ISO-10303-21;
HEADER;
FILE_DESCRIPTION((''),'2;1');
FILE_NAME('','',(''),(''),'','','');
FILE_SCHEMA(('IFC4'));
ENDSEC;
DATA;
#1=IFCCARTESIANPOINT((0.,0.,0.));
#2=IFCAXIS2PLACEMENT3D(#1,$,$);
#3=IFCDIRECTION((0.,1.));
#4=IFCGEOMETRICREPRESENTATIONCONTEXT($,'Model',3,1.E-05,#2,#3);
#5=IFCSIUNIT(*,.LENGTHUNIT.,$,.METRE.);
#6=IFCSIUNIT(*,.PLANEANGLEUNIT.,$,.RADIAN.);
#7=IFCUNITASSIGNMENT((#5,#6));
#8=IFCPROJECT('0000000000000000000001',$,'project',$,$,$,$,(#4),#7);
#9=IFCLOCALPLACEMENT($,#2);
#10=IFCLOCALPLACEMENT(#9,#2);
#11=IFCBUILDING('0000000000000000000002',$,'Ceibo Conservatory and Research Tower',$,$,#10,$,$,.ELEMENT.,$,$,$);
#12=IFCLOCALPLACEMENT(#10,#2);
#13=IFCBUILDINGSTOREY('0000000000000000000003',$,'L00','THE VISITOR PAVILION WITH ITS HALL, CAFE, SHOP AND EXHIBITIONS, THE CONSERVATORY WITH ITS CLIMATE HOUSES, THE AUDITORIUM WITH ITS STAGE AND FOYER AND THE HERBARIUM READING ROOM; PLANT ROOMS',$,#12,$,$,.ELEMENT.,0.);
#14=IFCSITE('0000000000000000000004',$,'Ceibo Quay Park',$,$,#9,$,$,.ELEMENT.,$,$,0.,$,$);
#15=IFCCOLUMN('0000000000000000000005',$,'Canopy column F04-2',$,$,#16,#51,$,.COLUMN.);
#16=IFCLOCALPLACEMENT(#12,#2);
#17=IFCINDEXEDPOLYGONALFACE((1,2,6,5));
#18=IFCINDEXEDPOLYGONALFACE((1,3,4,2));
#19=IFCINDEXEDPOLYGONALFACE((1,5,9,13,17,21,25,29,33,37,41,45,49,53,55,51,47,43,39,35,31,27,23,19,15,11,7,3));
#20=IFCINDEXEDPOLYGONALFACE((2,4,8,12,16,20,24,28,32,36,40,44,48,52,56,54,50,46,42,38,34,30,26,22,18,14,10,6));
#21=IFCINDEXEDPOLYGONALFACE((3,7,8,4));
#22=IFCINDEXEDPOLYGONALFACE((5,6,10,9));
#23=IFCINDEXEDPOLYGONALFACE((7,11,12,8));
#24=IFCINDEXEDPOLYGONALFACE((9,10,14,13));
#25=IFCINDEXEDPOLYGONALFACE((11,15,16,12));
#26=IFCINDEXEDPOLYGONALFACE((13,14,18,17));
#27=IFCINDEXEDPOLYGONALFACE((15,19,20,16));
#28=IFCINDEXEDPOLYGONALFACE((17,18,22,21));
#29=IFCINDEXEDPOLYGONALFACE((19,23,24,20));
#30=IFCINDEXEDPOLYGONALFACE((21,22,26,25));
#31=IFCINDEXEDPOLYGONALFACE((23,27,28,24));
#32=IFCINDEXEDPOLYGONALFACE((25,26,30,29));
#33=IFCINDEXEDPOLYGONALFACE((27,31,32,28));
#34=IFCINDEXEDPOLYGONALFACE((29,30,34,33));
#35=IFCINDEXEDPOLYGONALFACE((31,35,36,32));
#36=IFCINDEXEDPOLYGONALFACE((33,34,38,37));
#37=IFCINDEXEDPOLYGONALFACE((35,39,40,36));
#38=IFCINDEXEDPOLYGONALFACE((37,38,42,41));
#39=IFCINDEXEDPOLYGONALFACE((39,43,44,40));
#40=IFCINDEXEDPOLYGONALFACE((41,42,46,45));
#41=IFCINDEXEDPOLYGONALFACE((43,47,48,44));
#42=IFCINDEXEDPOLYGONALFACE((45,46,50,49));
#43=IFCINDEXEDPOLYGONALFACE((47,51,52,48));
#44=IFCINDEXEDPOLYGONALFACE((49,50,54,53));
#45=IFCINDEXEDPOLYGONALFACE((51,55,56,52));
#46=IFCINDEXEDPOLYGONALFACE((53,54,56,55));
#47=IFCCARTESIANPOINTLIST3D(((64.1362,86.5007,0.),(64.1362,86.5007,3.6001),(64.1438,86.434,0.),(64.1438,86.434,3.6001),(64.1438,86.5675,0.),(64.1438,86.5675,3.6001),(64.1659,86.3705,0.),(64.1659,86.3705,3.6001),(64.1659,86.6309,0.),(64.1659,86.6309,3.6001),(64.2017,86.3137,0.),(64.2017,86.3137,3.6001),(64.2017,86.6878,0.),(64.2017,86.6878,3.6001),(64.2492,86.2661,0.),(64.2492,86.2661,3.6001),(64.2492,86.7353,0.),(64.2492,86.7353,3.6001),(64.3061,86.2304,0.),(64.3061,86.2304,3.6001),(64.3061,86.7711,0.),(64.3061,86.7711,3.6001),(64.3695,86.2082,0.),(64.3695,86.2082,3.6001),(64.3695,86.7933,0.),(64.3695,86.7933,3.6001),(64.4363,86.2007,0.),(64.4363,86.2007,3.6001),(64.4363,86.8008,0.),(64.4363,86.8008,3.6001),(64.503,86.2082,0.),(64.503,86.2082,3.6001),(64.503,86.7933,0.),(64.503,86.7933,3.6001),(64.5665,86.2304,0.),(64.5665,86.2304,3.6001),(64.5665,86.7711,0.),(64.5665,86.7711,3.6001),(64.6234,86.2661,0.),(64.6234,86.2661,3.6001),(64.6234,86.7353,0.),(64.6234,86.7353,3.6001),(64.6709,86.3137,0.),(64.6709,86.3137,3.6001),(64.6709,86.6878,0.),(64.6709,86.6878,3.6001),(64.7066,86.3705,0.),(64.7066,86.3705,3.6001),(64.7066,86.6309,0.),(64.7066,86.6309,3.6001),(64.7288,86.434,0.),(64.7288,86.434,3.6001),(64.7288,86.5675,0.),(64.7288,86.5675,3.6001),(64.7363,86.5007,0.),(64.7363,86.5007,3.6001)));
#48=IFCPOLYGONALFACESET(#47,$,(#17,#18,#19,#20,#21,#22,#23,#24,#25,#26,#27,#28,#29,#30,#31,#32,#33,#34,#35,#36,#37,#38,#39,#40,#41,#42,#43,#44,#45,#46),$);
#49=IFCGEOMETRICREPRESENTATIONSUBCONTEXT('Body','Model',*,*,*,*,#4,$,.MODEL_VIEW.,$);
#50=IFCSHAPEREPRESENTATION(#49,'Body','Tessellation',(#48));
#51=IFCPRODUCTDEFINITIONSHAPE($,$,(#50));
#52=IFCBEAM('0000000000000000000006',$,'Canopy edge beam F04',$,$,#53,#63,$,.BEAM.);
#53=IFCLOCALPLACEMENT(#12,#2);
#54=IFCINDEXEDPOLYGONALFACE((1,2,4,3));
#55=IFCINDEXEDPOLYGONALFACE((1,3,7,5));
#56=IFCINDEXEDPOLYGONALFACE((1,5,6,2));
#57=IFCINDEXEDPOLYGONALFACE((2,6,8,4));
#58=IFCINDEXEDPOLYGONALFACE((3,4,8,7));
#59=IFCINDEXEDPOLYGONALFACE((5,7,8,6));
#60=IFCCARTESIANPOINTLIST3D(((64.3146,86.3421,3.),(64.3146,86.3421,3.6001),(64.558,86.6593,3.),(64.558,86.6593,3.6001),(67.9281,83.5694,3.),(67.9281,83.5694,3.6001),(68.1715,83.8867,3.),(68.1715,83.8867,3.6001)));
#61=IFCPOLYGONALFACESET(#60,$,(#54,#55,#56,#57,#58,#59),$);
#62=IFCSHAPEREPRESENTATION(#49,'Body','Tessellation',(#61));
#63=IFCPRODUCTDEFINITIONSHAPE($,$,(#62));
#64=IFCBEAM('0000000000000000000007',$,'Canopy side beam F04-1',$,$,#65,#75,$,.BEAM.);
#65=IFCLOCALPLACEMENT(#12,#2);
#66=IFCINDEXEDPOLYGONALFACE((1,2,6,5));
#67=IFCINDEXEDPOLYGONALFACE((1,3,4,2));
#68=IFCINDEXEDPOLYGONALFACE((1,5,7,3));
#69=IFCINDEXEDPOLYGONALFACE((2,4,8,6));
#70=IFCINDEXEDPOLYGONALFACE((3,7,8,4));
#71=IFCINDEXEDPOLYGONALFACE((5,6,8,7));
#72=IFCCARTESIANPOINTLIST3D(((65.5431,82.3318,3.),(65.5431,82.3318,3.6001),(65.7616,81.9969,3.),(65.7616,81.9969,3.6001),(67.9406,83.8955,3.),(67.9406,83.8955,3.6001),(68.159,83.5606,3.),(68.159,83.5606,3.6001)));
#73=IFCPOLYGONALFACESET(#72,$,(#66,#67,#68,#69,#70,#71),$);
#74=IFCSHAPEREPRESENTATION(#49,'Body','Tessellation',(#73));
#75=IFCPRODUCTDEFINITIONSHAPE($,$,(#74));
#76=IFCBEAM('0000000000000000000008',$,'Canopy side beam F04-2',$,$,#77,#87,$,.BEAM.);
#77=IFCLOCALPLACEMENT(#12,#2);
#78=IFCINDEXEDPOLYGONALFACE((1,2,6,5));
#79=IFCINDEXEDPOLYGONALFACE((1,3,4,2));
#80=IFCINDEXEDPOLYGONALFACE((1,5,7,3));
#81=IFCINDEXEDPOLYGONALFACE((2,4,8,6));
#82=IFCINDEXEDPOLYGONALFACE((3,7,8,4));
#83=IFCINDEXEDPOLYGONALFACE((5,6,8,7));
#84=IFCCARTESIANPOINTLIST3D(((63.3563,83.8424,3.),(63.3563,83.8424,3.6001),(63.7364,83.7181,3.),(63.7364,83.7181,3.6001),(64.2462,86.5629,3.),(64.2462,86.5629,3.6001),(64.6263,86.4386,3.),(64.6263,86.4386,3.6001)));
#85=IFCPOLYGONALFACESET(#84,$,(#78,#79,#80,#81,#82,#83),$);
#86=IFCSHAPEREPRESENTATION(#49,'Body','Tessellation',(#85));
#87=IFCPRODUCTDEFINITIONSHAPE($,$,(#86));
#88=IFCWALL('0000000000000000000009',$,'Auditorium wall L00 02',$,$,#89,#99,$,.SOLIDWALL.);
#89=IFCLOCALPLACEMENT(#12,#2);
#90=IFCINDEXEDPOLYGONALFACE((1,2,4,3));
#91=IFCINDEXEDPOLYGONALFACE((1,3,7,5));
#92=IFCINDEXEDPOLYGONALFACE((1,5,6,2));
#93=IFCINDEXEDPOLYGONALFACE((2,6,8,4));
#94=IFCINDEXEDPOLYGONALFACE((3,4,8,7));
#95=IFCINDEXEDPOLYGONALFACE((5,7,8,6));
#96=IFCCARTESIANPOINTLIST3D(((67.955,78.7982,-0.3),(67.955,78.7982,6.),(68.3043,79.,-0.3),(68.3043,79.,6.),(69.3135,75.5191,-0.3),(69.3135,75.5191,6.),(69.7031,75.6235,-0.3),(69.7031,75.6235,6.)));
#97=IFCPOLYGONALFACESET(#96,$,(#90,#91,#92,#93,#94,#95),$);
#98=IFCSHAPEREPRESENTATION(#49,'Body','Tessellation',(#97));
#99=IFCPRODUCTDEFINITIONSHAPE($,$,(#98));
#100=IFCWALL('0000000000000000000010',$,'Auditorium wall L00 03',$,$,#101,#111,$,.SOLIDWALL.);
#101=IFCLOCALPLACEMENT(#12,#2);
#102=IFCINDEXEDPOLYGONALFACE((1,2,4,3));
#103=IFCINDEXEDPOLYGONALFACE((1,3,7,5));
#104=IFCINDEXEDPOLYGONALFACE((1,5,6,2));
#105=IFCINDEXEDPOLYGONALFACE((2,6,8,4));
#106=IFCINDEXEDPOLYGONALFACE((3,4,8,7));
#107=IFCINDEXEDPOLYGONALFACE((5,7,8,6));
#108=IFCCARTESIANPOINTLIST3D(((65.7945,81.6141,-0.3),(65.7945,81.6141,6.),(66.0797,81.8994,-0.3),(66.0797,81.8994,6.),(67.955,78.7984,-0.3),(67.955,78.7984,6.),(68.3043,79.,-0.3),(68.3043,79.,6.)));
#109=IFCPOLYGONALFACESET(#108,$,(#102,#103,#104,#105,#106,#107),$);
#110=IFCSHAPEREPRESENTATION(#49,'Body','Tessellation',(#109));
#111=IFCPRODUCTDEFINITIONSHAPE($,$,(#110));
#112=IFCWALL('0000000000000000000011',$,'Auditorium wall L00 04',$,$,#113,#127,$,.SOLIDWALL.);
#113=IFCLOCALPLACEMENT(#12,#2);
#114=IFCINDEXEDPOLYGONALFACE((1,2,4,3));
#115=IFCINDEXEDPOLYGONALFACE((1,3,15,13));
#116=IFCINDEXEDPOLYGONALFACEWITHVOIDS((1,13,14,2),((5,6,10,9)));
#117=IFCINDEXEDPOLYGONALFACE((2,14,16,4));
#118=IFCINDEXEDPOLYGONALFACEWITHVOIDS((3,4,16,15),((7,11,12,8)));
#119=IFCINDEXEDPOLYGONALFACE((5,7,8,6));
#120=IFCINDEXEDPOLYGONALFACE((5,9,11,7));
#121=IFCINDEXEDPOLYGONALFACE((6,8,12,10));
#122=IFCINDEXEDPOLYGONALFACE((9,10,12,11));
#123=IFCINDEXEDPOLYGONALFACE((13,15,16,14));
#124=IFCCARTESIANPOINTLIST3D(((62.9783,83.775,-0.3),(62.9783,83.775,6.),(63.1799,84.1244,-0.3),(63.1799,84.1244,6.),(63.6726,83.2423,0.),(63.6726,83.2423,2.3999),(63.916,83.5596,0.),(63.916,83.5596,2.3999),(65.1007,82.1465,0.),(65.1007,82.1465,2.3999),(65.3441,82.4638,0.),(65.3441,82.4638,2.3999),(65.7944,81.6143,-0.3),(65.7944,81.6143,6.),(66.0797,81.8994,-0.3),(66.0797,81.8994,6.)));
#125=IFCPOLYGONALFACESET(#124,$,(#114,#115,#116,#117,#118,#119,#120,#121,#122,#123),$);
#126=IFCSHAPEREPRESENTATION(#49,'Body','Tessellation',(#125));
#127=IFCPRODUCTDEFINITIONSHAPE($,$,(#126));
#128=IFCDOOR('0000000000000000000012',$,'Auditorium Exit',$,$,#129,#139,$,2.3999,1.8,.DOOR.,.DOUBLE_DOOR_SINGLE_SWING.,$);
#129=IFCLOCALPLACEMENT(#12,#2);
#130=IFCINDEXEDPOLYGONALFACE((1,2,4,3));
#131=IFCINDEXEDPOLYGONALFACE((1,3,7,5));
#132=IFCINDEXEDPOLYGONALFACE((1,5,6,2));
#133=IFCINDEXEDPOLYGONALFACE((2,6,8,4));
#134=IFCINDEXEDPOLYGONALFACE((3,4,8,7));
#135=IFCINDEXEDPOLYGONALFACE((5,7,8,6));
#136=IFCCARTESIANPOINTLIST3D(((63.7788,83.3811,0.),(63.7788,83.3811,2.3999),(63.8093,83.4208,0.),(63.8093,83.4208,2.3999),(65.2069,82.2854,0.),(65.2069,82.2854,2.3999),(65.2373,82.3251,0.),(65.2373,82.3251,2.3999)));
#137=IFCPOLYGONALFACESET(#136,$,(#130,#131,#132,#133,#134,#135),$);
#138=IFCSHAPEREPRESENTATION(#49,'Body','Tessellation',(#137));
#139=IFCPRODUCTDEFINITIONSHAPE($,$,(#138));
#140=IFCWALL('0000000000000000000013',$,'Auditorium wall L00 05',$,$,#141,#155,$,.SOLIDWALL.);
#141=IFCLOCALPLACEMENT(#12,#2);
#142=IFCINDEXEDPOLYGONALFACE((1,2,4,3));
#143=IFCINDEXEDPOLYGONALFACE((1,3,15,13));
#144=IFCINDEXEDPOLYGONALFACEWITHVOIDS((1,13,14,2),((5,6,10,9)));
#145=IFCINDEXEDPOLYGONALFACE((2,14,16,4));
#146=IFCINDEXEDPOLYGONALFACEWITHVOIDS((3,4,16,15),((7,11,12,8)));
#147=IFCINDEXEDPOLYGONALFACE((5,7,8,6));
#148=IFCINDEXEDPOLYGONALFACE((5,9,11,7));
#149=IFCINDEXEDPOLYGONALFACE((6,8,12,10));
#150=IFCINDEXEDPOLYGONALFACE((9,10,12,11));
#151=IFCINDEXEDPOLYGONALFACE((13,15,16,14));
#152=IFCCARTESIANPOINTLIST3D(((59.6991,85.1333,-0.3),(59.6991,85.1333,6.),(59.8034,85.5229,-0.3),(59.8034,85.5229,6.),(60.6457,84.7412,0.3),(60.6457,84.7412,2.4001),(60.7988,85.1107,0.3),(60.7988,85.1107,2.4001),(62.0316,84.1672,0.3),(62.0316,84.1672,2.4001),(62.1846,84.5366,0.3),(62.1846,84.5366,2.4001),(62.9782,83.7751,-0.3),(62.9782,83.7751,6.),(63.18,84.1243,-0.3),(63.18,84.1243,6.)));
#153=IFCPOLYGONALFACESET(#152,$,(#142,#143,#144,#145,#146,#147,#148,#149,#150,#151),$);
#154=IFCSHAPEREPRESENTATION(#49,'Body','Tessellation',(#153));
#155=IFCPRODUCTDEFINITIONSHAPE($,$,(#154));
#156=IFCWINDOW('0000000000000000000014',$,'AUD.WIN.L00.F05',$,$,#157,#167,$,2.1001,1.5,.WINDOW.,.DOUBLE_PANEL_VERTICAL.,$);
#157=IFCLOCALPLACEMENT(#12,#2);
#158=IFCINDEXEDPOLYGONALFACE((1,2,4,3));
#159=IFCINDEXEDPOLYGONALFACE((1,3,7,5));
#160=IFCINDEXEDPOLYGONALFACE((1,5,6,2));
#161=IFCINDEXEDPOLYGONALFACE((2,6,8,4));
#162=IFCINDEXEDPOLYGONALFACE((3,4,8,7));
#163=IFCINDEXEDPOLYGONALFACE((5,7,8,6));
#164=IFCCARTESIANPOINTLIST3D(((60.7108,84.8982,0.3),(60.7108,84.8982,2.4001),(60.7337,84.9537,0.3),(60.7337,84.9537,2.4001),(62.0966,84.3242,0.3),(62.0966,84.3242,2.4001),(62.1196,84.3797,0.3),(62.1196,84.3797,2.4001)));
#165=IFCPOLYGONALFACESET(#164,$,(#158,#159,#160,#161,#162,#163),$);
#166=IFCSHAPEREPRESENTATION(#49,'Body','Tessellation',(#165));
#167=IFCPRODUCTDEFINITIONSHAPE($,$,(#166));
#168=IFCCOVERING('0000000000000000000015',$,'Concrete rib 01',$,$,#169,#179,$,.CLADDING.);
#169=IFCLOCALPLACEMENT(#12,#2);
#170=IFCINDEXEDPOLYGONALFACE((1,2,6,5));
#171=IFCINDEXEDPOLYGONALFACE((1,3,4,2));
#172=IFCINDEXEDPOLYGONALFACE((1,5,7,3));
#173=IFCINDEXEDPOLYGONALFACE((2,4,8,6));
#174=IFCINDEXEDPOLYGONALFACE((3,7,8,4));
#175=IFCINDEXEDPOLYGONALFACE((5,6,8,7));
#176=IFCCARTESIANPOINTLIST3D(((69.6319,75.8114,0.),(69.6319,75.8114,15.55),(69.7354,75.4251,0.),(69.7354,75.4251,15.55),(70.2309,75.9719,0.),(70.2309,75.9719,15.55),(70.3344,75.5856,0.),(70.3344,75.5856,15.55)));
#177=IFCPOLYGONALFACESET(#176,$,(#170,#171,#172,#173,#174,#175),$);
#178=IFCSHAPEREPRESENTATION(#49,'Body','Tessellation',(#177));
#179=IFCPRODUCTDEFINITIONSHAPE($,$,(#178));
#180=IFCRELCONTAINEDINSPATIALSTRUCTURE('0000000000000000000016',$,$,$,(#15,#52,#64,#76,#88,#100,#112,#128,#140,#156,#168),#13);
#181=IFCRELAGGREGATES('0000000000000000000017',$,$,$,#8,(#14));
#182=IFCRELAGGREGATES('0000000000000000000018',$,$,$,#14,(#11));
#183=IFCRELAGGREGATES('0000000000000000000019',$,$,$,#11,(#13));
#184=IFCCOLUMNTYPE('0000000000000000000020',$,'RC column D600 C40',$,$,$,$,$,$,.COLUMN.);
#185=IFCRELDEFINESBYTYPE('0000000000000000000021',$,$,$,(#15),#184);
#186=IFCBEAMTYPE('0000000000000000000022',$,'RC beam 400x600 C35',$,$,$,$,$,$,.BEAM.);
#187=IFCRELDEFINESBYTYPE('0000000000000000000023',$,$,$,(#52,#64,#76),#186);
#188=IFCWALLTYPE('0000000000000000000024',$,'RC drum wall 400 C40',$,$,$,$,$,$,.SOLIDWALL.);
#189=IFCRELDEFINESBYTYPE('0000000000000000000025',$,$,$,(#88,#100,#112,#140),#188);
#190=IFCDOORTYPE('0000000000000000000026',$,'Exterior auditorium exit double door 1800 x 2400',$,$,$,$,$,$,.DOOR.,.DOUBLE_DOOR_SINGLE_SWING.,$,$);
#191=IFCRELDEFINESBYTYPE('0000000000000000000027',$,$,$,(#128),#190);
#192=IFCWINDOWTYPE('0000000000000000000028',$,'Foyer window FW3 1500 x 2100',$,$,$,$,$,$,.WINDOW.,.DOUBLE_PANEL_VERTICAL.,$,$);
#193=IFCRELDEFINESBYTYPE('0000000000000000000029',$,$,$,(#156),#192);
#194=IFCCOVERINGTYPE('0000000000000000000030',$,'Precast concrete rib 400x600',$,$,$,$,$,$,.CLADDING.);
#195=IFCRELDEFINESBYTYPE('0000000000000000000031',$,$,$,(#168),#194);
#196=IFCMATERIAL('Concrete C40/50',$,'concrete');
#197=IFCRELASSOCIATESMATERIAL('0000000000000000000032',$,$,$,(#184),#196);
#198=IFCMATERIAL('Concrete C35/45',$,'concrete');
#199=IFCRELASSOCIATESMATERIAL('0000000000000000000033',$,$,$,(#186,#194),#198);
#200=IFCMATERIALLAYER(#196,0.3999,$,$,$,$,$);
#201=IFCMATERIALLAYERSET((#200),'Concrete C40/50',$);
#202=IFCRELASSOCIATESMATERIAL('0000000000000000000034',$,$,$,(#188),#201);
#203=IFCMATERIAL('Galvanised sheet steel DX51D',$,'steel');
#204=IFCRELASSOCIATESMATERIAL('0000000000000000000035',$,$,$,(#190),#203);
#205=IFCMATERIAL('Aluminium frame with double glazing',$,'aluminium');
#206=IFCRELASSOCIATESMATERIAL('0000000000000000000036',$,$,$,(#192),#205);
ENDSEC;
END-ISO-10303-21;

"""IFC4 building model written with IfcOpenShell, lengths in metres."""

from ifc_helpers import new_model, si_unit, direction, frame, frame_2d, origin, origin_2d, place, context, subcontext, project, spatial, polyline, rectangle, circle, outline, extrude, material, layer, layer_set, material_profile, profile_set, type_object, element, fill, save


model = new_model("IFC4")

# Units and contexts
model_context = context("Model", 3, precision=1e-05, world=origin(), true_north=direction((0.0, 1.0)))
body_context = subcontext(model_context, "Body", "Model", "MODEL_VIEW")
ifc_project = project(units=[si_unit("LENGTHUNIT", "METRE"), si_unit("PLANEANGLEUNIT", "RADIAN")], contexts=[model_context])

# Site, building, storey
site_placement = place(None, origin())
site = spatial("IfcSite", under=ifc_project, at=site_placement, Name="Ceibo Quay Park", CompositionType="ELEMENT", RefElevation=0.0)
building_placement = place(site_placement, origin())
building = spatial("IfcBuilding", under=site, at=building_placement, Name="Ceibo Conservatory and Research Tower", CompositionType="ELEMENT")
storey_placement = place(building_placement, origin())
storey = spatial("IfcBuildingStorey", under=building, at=storey_placement, Name="L00", Description="THE VISITOR PAVILION WITH ITS HALL, CAFE, SHOP AND EXHIBITIONS, THE CONSERVATORY WITH ITS CLIMATE HOUSES, THE AUDITORIUM WITH ITS STAGE AND FOYER AND THE HERBARIUM READING ROOM; PLANT ROOMS", CompositionType="ELEMENT", Elevation=0.0)

# Shared definitions
ifc_material_1 = material(Name="Concrete C35/45", Category="concrete")

# Shared definitions
ifc_material_2 = material(Name="Concrete C40/50", Category="concrete")

# Column
ifc_material_profile_1 = material_profile(ifc_material_2, circle(Radius=0.3, at=origin_2d()), Name="RC D600")
ifc_profile_set_1 = profile_set([ifc_material_profile_1], Name="Concrete C40/50")
column_type = type_object("IfcColumnType", Name="RC column D600 C40", PredefinedType="COLUMN", material=ifc_profile_set_1)
for number, where, z_axis, x_axis, name in (
    (1, (64.4363, 86.5007, 0.0), (0.0, 0.0, 1.0), (1.0, 0.0, 0.0), "Canopy column F04-2"),
):
    element("IfcColumn", number, at=place(storey_placement, frame(where, z_axis=z_axis, x_axis=x_axis)), inside=storey, type_object=column_type, Name=name, PredefinedType="COLUMN", context=body_context, shape_type="SweptSolid", body=[
        extrude(circle(Radius=0.3, at=origin_2d()), origin(), (0.0, 0.0, 1.0), 3.6001),
    ])

# Beams
ifc_material_profile_2 = material_profile(ifc_material_1, rectangle(XDim=0.3999, YDim=0.6001, at=origin_2d()), Name="RC 400x600")
ifc_profile_set_2 = profile_set([ifc_material_profile_2], Name="Concrete C35/45")
beam_type = type_object("IfcBeamType", Name="RC beam 400x600 C35", PredefinedType="BEAM", material=ifc_profile_set_2)
beam_placement = place(storey_placement, frame((68.0498, 83.728, 3.3), z_axis=(-0.793359, 0.608754, 0.0), x_axis=(-0.608754, -0.793359, 0.0)))
element("IfcBeam", 2, at=beam_placement, inside=storey, type_object=beam_type, Name="Canopy edge beam F04", PredefinedType="BEAM", context=body_context, shape_type="SweptSolid", body=[
    extrude(rectangle(XDim=0.3999, YDim=0.6001, at=origin_2d()), origin(), (0.0, 0.0, 1.0), 4.5547),
])
for number, where, z_axis, x_axis, name in (
    (3, (68.0498, 83.728, 3.3), (-0.837585, -0.546307, 0.0), (0.546307, -0.837585, 0.0), "Canopy side beam F04-1"),
    (4, (64.4363, 86.5007, 3.3), (-0.3109, -0.950443, 0.0), (0.950443, -0.3109, 0.0), "Canopy side beam F04-2"),
):
    element("IfcBeam", number, at=place(storey_placement, frame(where, z_axis=z_axis, x_axis=x_axis)), inside=storey, type_object=beam_type, Name=name, PredefinedType="BEAM", context=body_context, shape_type="SweptSolid", body=[
        extrude(rectangle(XDim=0.3999, YDim=0.6001, at=origin_2d()), origin(), (0.0, 0.0, 1.0), 2.8623),
    ])

# Walls
ifc_layer_1 = layer(ifc_material_2, 0.3999)
ifc_layer_set_1 = layer_set([ifc_layer_1], Name="Concrete C40/50")
wall_type = type_object("IfcWallType", Name="RC drum wall 400 C40", PredefinedType="SOLIDWALL", material=ifc_layer_set_1)
wall_1_placement = place(storey_placement, frame((69.5083, 75.5713, -0.3), z_axis=(0.0, 0.0, 1.0), x_axis=(-0.382733, 0.923859, 0.0)))
element("IfcWall", 5, at=wall_1_placement, inside=storey, type_object=wall_type, Name="Auditorium wall L00 02", PredefinedType="SOLIDWALL", context=body_context, shape_type="SweptSolid", body=[
    extrude(outline(polyline([(-0.0264, -0.2), (3.6284, -0.2), (3.5757, 0.2), (0.0264, 0.2), (-0.0264, -0.2)])), origin(), (0.0, 0.0, 1.0), 6.3),
])
wall_2_placement = place(storey_placement, frame((68.1296, 78.8992, -0.3), z_axis=(0.0, 0.0, 1.0), x_axis=(-0.608737, 0.793372, 0.0)))
element("IfcWall", 6, at=wall_2_placement, inside=storey, type_object=wall_type, Name="Auditorium wall L00 03", PredefinedType="SOLIDWALL", context=body_context, shape_type="SweptSolid", body=[
    extrude(outline(polyline([(-0.0264, -0.2), (3.6282, -0.2), (3.5754, 0.2), (0.0264, 0.2), (-0.0264, -0.2)])), origin(), (0.0, 0.0, 1.0), 6.3),
])

# Wall, opening, door
wall_3_placement = place(storey_placement, frame((65.937, 81.7568, -0.3), z_axis=(0.0, 0.0, 1.0), x_axis=(-0.793364, 0.608747, 0.0)))
wall_3 = element("IfcWall", 7, at=wall_3_placement, inside=storey, type_object=wall_type, Name="Auditorium wall L00 04", PredefinedType="SOLIDWALL", context=body_context, shape_type="SweptSolid", body=[
    extrude(outline(polyline([(-0.0264, -0.2), (3.6287, -0.2), (3.5759, 0.2), (0.0264, 0.2), (-0.0264, -0.2)])), origin(), (0.0, 0.0, 1.0), 6.3),
])
opening_1_placement = place(wall_3_placement, frame((0.9009, 0.0, 0.3)))
opening_1 = element("IfcOpeningElement", 8, at=opening_1_placement, cuts=wall_3, PredefinedType="OPENING", context=body_context, shape_type="SweptSolid", body=[
    extrude(rectangle(XDim=1.8, YDim=2.3999, at=frame_2d((0.8999, 1.2))), frame((0.0, 0.21, 0.0), z_axis=(0.0, -1.0, 0.0), x_axis=(1.0, 0.0, 0.0)), (0.0, 0.0, 1.0), 0.4199),
])
ifc_material_3 = material(Name="Galvanised sheet steel DX51D", Category="steel")
door_type = type_object("IfcDoorType", Name="Exterior auditorium exit double door 1800 x 2400", OperationType="DOUBLE_DOOR_SINGLE_SWING", PredefinedType="DOOR", material=ifc_material_3)
door_placement = place(opening_1_placement, frame((1.8, 0.0, 0.0), z_axis=(0.0, 0.0, 1.0), x_axis=(-1.0, 0.0, 0.0)))
door = element("IfcDoor", 9, at=door_placement, inside=storey, type_object=door_type, Name="Auditorium Exit", OperationType="DOUBLE_DOOR_SINGLE_SWING", OverallHeight=2.3999, OverallWidth=1.8, PredefinedType="DOOR", context=body_context, shape_type="SweptSolid", body=[
    extrude(rectangle(XDim=1.8, YDim=2.3999, at=frame_2d((0.8999, 1.2))), frame((0.0, 0.0249, 0.0), z_axis=(0.0, -1.0, 0.0), x_axis=(1.0, 0.0, 0.0)), (0.0, 0.0, 1.0), 0.05),
])
fill(opening_1, door)

# Wall, opening, window
wall_4_placement = place(storey_placement, frame((63.0791, 83.9497, -0.3), z_axis=(0.0, 0.0, 1.0), x_axis=(-0.923883, 0.382675, 0.0)))
wall_4 = element("IfcWall", 10, at=wall_4_placement, inside=storey, type_object=wall_type, Name="Auditorium wall L00 05", PredefinedType="SOLIDWALL", context=body_context, shape_type="SweptSolid", body=[
    extrude(outline(polyline([(-0.0264, -0.2), (3.6284, -0.2), (3.5757, 0.2), (0.0264, 0.2), (-0.0264, -0.2)])), origin(), (0.0, 0.0, 1.0), 6.3),
])
opening_2_placement = place(wall_4_placement, frame((1.051, 0.0, 0.6001)))
opening_2 = element("IfcOpeningElement", 11, at=opening_2_placement, cuts=wall_4, PredefinedType="OPENING", context=body_context, shape_type="SweptSolid", body=[
    extrude(rectangle(XDim=1.5, YDim=2.1001, at=frame_2d((0.75, 1.05))), frame((0.0, 0.21, 0.0), z_axis=(0.0, -1.0, 0.0), x_axis=(1.0, 0.0, 0.0)), (0.0, 0.0, 1.0), 0.4199),
])
ifc_material_4 = material(Name="Aluminium frame with double glazing", Category="aluminium")
window_type = type_object("IfcWindowType", Name="Foyer window FW3 1500 x 2100", PartitioningType="DOUBLE_PANEL_VERTICAL", PredefinedType="WINDOW", material=ifc_material_4)
window_placement = place(opening_2_placement, origin())
window = element("IfcWindow", 12, at=window_placement, inside=storey, type_object=window_type, Name="AUD.WIN.L00.F05", OverallHeight=2.1001, OverallWidth=1.5, PartitioningType="DOUBLE_PANEL_VERTICAL", PredefinedType="WINDOW", context=body_context, shape_type="SweptSolid", body=[
    extrude(rectangle(XDim=1.5, YDim=2.1001, at=frame_2d((0.75, 1.05))), frame((0.0, 0.03, 0.0), z_axis=(0.0, -1.0, 0.0), x_axis=(1.0, 0.0, 0.0)), (0.0, 0.0, 1.0), 0.0601),
])
fill(opening_2, window)

# Covering
covering_type = type_object("IfcCoveringType", Name="Precast concrete rib 400x600", PredefinedType="CLADDING", material=ifc_material_1)
for number, where, z_axis, x_axis, name in (
    (13, (69.9832, 75.6985, 0.0), (0.0, 0.0, 1.0), (0.965926, 0.258819, 0.0), "Concrete rib 01"),
):
    element("IfcCovering", number, at=place(storey_placement, frame(where, z_axis=z_axis, x_axis=x_axis)), inside=storey, type_object=covering_type, Name=name, PredefinedType="CLADDING", context=body_context, shape_type="SweptSolid", body=[
        extrude(rectangle(XDim=0.6201, YDim=0.3999, at=origin_2d()), origin(), (0.0, 0.0, 1.0), 15.55),
    ])

save(model, "model.ifc")
